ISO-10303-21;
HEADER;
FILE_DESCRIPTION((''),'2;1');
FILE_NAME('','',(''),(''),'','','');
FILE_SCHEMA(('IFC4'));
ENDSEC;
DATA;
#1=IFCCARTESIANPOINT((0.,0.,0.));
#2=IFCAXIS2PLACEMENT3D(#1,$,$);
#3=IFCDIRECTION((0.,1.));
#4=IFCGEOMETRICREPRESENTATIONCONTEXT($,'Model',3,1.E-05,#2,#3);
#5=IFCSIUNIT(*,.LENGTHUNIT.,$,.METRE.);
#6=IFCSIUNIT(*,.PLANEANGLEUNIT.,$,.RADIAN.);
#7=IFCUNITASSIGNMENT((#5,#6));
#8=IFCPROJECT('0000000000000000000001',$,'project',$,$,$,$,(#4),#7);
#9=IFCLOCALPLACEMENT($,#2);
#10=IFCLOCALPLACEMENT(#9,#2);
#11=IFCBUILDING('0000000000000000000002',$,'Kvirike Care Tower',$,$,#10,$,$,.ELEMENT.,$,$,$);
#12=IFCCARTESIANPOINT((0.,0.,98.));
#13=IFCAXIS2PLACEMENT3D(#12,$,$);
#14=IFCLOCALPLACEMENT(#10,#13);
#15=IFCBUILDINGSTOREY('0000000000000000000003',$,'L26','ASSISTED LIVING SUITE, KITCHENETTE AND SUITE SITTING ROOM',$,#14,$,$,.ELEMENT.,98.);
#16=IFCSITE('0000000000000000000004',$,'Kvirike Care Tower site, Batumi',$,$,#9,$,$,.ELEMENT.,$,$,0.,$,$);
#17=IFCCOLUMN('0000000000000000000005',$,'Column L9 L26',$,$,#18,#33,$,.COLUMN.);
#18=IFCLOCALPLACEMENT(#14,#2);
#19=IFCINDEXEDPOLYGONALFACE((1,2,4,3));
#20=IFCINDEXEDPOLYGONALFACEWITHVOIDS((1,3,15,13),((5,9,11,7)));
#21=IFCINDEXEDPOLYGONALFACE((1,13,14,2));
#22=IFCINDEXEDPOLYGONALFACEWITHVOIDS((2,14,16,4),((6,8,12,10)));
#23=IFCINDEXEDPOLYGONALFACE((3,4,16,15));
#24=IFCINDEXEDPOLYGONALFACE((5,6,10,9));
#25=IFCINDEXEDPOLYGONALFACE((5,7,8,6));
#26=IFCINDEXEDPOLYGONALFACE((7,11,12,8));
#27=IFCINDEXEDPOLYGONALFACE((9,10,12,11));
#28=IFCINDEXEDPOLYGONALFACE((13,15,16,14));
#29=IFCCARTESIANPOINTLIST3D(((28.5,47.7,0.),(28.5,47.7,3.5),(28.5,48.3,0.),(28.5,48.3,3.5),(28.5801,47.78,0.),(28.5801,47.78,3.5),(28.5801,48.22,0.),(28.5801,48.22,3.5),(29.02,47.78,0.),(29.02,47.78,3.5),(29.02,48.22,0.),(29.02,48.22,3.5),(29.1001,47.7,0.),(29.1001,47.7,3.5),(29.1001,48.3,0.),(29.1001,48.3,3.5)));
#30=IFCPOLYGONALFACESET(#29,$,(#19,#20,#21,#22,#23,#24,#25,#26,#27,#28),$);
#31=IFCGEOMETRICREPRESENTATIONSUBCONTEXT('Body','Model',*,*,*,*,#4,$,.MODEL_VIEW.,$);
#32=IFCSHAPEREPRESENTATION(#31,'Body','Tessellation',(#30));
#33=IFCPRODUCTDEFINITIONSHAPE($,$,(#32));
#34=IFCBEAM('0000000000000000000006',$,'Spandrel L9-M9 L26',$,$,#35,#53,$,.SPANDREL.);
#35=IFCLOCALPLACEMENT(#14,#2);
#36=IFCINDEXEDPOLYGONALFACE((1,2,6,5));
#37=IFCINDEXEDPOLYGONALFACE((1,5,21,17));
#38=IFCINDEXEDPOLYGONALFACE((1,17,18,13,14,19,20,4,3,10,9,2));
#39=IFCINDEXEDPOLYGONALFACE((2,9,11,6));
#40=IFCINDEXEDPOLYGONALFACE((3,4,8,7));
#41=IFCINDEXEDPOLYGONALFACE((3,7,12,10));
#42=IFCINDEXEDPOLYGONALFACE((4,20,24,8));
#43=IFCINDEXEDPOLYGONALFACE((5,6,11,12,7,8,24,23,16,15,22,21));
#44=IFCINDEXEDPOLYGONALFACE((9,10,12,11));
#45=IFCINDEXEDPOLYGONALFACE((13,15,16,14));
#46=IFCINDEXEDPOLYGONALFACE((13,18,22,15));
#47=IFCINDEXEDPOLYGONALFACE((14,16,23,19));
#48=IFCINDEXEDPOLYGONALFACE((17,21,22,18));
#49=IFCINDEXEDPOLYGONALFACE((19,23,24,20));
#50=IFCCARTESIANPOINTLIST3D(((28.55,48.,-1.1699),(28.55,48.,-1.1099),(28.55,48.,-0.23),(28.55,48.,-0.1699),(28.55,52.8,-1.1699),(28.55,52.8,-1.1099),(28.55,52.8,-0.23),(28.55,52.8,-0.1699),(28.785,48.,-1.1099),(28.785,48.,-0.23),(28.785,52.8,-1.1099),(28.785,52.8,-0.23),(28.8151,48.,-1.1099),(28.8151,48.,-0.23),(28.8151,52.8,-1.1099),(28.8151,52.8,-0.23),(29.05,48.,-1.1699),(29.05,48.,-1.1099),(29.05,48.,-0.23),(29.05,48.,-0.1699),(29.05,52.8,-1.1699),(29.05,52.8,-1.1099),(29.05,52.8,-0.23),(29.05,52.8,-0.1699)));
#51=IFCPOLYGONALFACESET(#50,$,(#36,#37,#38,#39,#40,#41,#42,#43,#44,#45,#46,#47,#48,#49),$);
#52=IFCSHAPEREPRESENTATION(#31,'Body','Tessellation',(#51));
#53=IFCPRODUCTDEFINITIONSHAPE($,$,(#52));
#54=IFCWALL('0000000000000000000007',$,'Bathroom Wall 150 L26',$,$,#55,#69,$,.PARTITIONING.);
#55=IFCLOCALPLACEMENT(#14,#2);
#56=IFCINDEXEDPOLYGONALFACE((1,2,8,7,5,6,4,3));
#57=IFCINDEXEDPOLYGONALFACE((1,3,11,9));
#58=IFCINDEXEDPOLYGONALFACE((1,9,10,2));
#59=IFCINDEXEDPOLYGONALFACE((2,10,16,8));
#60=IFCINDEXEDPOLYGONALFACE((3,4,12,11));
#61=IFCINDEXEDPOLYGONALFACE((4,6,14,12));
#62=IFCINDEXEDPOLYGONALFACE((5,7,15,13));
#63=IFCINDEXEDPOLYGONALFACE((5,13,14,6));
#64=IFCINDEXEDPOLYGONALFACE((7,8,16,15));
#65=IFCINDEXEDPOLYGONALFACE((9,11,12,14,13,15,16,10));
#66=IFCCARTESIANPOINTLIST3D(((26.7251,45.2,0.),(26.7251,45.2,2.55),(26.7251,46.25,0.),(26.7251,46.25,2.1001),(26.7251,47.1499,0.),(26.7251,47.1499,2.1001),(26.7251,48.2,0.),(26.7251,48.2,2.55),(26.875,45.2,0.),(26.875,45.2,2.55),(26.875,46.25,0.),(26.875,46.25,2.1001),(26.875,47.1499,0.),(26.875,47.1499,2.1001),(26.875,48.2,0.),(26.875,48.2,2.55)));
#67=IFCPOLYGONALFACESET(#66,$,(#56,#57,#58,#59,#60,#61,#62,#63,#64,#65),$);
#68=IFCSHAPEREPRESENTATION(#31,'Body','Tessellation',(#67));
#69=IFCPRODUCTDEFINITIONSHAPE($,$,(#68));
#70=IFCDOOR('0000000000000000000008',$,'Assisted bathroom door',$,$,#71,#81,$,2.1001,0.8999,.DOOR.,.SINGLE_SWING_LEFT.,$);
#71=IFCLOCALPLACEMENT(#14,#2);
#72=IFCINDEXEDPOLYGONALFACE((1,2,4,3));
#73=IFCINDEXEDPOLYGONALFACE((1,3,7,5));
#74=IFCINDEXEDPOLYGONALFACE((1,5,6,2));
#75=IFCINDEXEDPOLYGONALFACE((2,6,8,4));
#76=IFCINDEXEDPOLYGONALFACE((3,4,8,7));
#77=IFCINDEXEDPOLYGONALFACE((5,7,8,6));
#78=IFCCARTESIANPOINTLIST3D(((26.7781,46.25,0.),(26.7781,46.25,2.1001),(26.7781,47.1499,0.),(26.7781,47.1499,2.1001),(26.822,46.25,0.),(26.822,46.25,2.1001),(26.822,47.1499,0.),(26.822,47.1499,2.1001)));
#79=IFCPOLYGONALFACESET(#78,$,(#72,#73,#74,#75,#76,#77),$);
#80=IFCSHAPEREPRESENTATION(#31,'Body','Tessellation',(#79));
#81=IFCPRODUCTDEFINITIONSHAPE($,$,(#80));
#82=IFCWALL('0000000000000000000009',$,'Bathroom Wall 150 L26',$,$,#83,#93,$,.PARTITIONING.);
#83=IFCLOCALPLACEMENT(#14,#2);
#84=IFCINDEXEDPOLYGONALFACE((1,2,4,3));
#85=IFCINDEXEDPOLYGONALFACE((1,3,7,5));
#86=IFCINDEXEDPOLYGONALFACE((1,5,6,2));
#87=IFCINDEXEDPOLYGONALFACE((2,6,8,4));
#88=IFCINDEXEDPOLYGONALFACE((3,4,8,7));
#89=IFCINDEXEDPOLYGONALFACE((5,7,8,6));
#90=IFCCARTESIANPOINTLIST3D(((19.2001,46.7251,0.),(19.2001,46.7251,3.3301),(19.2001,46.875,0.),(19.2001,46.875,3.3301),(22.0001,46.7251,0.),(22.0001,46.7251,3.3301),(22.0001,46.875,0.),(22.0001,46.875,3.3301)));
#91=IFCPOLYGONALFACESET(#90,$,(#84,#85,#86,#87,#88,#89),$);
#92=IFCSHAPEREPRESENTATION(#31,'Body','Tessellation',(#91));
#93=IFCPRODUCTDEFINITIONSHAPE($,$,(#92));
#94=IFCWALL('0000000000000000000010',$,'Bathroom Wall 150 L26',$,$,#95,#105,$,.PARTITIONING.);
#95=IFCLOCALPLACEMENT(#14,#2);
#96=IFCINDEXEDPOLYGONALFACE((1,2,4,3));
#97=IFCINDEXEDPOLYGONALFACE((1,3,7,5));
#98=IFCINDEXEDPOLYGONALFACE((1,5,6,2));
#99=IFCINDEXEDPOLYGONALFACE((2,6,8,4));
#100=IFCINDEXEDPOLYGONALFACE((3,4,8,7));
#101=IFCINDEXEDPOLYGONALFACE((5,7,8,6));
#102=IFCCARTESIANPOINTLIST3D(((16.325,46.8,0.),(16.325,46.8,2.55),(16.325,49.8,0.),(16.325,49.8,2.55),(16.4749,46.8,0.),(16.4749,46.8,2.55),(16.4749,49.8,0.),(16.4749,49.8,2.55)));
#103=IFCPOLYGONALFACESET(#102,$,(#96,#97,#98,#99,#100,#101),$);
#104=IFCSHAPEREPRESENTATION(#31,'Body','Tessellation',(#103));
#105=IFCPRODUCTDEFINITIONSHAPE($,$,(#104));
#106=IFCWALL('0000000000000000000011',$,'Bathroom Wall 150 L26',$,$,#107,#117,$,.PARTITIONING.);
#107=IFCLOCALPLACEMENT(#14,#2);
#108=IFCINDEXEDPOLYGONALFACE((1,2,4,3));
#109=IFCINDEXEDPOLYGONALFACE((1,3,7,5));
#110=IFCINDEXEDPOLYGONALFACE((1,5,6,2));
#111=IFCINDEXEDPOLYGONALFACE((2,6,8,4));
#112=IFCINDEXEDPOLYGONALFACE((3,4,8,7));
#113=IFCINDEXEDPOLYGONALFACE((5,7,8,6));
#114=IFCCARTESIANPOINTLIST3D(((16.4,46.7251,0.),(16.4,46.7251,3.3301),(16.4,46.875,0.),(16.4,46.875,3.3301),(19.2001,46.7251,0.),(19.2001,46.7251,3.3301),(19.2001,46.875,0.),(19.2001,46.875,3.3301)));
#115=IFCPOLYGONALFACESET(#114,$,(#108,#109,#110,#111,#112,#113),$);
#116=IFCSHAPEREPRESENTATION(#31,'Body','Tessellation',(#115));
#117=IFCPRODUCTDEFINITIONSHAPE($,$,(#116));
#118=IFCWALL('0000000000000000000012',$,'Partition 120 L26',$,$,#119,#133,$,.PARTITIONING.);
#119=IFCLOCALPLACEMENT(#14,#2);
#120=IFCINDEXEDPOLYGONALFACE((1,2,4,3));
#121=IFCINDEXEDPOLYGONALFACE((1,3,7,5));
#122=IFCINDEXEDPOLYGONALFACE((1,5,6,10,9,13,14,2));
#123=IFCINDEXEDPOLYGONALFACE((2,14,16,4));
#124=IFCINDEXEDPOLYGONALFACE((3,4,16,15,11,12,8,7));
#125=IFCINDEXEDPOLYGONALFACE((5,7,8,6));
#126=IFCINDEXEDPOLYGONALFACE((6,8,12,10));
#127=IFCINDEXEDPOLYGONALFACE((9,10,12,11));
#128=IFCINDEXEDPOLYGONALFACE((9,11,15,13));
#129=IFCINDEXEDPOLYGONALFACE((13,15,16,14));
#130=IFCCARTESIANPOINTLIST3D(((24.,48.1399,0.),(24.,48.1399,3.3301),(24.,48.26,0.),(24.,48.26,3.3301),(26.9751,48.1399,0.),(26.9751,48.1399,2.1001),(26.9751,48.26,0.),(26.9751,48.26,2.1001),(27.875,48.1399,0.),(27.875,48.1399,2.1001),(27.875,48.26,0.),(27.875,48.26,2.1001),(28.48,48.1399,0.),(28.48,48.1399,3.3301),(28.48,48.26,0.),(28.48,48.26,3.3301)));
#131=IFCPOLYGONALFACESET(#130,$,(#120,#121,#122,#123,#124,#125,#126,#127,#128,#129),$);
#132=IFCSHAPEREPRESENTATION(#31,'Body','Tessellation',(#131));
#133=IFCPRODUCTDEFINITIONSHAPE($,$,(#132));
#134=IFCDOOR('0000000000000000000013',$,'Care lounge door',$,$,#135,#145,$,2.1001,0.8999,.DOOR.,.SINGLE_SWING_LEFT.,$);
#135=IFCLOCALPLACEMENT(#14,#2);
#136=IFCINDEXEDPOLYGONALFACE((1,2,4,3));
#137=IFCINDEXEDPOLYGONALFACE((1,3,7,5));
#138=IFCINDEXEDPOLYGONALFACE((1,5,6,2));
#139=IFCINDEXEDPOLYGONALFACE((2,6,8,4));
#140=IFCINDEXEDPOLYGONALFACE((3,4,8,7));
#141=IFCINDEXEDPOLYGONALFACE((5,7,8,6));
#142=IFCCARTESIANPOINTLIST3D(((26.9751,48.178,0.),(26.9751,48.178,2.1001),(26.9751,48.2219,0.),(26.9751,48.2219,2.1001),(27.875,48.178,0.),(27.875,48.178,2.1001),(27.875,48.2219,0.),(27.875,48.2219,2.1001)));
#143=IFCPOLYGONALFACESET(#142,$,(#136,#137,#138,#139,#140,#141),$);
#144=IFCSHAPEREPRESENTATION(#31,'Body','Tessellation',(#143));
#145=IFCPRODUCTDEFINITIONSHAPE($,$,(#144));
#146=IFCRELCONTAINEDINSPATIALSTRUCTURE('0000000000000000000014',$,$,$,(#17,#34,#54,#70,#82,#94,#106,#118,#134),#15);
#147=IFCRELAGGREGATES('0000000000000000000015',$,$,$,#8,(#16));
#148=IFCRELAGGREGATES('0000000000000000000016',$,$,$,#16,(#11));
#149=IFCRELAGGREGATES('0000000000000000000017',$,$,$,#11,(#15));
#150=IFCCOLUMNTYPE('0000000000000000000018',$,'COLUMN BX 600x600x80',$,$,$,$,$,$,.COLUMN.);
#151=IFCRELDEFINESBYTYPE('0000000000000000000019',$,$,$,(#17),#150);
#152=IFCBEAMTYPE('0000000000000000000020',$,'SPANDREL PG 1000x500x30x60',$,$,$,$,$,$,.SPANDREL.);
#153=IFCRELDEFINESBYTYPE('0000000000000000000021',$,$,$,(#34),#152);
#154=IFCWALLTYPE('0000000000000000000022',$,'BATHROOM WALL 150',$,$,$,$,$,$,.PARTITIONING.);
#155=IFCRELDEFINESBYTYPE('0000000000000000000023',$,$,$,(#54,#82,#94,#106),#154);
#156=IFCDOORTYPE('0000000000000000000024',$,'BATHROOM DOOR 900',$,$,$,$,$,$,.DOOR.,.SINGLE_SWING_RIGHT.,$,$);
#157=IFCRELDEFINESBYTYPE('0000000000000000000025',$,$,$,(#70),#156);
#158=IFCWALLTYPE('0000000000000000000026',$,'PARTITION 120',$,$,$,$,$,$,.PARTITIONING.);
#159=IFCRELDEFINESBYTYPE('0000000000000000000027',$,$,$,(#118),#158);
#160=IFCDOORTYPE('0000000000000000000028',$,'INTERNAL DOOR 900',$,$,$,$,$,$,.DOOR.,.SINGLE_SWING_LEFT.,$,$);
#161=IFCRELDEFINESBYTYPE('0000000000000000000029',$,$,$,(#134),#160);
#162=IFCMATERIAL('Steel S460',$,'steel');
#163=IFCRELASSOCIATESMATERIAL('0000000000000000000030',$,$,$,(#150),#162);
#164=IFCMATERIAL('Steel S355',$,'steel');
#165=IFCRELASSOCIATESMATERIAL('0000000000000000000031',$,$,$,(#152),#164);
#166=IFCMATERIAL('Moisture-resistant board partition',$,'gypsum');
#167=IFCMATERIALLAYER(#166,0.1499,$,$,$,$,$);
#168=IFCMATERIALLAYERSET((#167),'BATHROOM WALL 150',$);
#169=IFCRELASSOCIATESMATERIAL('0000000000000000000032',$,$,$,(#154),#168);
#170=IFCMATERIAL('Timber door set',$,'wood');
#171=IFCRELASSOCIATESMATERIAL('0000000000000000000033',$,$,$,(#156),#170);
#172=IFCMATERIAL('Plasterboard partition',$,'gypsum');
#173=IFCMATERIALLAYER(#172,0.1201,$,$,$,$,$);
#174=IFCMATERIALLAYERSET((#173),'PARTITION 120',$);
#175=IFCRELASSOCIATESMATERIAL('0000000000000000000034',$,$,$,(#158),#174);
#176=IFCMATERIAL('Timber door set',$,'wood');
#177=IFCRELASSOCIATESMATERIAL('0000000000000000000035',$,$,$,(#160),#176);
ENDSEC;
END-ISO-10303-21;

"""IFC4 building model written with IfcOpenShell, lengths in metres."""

from ifc_helpers import new_model, si_unit, direction, frame, frame_2d, origin, origin_2d, place, context, subcontext, project, spatial, rectangle, hollow_rectangle, i_section, extrude, material, layer, layer_set, material_profile, profile_set, type_object, element, fill, save


model = new_model("IFC4")

# Units and contexts
model_context = context("Model", 3, precision=1e-05, world=origin(), true_north=direction((0.0, 1.0)))
body_context = subcontext(model_context, "Body", "Model", "MODEL_VIEW")
ifc_project = project(units=[si_unit("LENGTHUNIT", "METRE"), si_unit("PLANEANGLEUNIT", "RADIAN")], contexts=[model_context])

# Site, building, storey
site_placement = place(None, origin())
site = spatial("IfcSite", under=ifc_project, at=site_placement, Name="Kvirike Care Tower site, Batumi", CompositionType="ELEMENT", RefElevation=0.0)
building_placement = place(site_placement, origin())
building = spatial("IfcBuilding", under=site, at=building_placement, Name="Kvirike Care Tower", CompositionType="ELEMENT")
storey_placement = place(building_placement, frame((0.0, 0.0, 98.0)))
storey = spatial("IfcBuildingStorey", under=building, at=storey_placement, Name="L26", Description="ASSISTED LIVING SUITE, KITCHENETTE AND SUITE SITTING ROOM", CompositionType="ELEMENT", Elevation=98.0)

# Column
ifc_material_1 = material(Name="Steel S460", Category="steel")
ifc_material_profile_1 = material_profile(ifc_material_1, hollow_rectangle(XDim=0.6001, YDim=0.6001, WallThickness=0.0801, at=origin_2d()), Name="BX 600x600x80")
ifc_profile_set_1 = profile_set([ifc_material_profile_1], Name="Steel S460")
column_type = type_object("IfcColumnType", Name="COLUMN BX 600x600x80", PredefinedType="COLUMN", material=ifc_profile_set_1)
column_placement = place(storey_placement, frame((28.8, 48.0, 0.0), z_axis=(0.0, 0.0, 1.0), x_axis=(1.0, 0.0, 0.0)))
element("IfcColumn", 1, at=column_placement, inside=storey, type_object=column_type, Name="Column L9 L26", PredefinedType="COLUMN", context=body_context, shape_type="SweptSolid", body=[
    extrude(hollow_rectangle(XDim=0.6001, YDim=0.6001, WallThickness=0.0801, at=origin_2d()), origin(), (0.0, 0.0, 1.0), 3.5),
])

# Beam
ifc_material_2 = material(Name="Steel S355", Category="steel")
ifc_material_profile_2 = material_profile(ifc_material_2, i_section(OverallWidth=0.5, OverallDepth=1.0, WebThickness=0.03, FlangeThickness=0.0601, at=origin_2d()), Name="PG 1000x500x30x60")
ifc_profile_set_2 = profile_set([ifc_material_profile_2], Name="Steel S355")
beam_type = type_object("IfcBeamType", Name="SPANDREL PG 1000x500x30x60", PredefinedType="SPANDREL", material=ifc_profile_set_2)
beam_placement = place(storey_placement, frame((28.8, 48.0, -0.6699), z_axis=(0.0, 1.0, 0.0), x_axis=(-1.0, 0.0, 0.0)))
element("IfcBeam", 2, at=beam_placement, inside=storey, type_object=beam_type, Name="Spandrel L9-M9 L26", PredefinedType="SPANDREL", context=body_context, shape_type="SweptSolid", body=[
    extrude(i_section(OverallWidth=0.5, OverallDepth=1.0, WebThickness=0.03, FlangeThickness=0.0601, at=origin_2d()), origin(), (0.0, 0.0, 1.0), 4.8),
])

# Wall, opening, door
ifc_material_3 = material(Name="Moisture-resistant board partition", Category="gypsum")
ifc_layer_1 = layer(ifc_material_3, 0.1499)
ifc_layer_set_1 = layer_set([ifc_layer_1], Name="BATHROOM WALL 150")
wall_type_1 = type_object("IfcWallType", Name="BATHROOM WALL 150", PredefinedType="PARTITIONING", material=ifc_layer_set_1)
wall_1_placement = place(storey_placement, frame((26.8, 48.2, 0.0), z_axis=(0.0, 0.0, 1.0), x_axis=(0.0, -1.0, 0.0)))
wall_1 = element("IfcWall", 3, at=wall_1_placement, inside=storey, type_object=wall_type_1, Name="Bathroom Wall 150 L26", PredefinedType="PARTITIONING", context=body_context, shape_type="SweptSolid", body=[
    extrude(rectangle(XDim=3.0, YDim=0.1499, at=frame_2d((1.5, 0.0))), origin(), (0.0, 0.0, 1.0), 2.55),
])
opening_1_placement = place(wall_1_placement, frame((1.05, 0.0, 0.0)))
opening_1 = element("IfcOpeningElement", 4, at=opening_1_placement, cuts=wall_1, PredefinedType="OPENING", context=body_context, shape_type="SweptSolid", body=[
    extrude(rectangle(XDim=0.8999, YDim=2.1001, at=frame_2d((0.45, 1.05))), frame((0.0, 0.0854, 0.0), z_axis=(0.0, -1.0, 0.0), x_axis=(1.0, 0.0, 0.0)), (0.0, 0.0, 1.0), 0.1709),
])
ifc_material_4 = material(Name="Timber door set", Category="wood")
door_type_1 = type_object("IfcDoorType", Name="BATHROOM DOOR 900", OperationType="SINGLE_SWING_RIGHT", PredefinedType="DOOR", material=ifc_material_4)
door_1_placement = place(opening_1_placement, origin())
door_1 = element("IfcDoor", 5, at=door_1_placement, inside=storey, type_object=door_type_1, Name="Assisted bathroom door", OperationType="SINGLE_SWING_LEFT", OverallHeight=2.1001, OverallWidth=0.8999, PredefinedType="DOOR", context=body_context, shape_type="SweptSolid", body=[
    extrude(rectangle(XDim=0.8999, YDim=2.1001, at=frame_2d((0.45, 1.05))), frame((0.0, 0.022, 0.0), z_axis=(0.0, -1.0, 0.0), x_axis=(1.0, 0.0, 0.0)), (0.0, 0.0, 1.0), 0.0439),
])
fill(opening_1, door_1)

# Walls
wall_2_placement = place(storey_placement, frame((22.0, 46.8, 0.0), z_axis=(0.0, 0.0, 1.0), x_axis=(-1.0, 0.0, 0.0)))
element("IfcWall", 6, at=wall_2_placement, inside=storey, type_object=wall_type_1, Name="Bathroom Wall 150 L26", PredefinedType="PARTITIONING", context=body_context, shape_type="SweptSolid", body=[
    extrude(rectangle(XDim=2.8, YDim=0.1499, at=frame_2d((1.3999, 0.0))), origin(), (0.0, 0.0, 1.0), 3.3301),
])
wall_3_placement = place(storey_placement, frame((16.3999, 49.8, 0.0), z_axis=(0.0, 0.0, 1.0), x_axis=(0.0, -1.0, 0.0)))
element("IfcWall", 7, at=wall_3_placement, inside=storey, type_object=wall_type_1, Name="Bathroom Wall 150 L26", PredefinedType="PARTITIONING", context=body_context, shape_type="SweptSolid", body=[
    extrude(rectangle(XDim=3.0, YDim=0.1499, at=frame_2d((1.5, 0.0))), origin(), (0.0, 0.0, 1.0), 2.55),
])
wall_4_placement = place(storey_placement, frame((19.2, 46.8, 0.0), z_axis=(0.0, 0.0, 1.0), x_axis=(-1.0, 0.0, 0.0)))
element("IfcWall", 8, at=wall_4_placement, inside=storey, type_object=wall_type_1, Name="Bathroom Wall 150 L26", PredefinedType="PARTITIONING", context=body_context, shape_type="SweptSolid", body=[
    extrude(rectangle(XDim=2.8, YDim=0.1499, at=frame_2d((1.3999, 0.0))), origin(), (0.0, 0.0, 1.0), 3.3301),
])

# Wall, opening, door
ifc_material_5 = material(Name="Plasterboard partition", Category="gypsum")
ifc_layer_2 = layer(ifc_material_5, 0.1201)
ifc_layer_set_2 = layer_set([ifc_layer_2], Name="PARTITION 120")
wall_type_2 = type_object("IfcWallType", Name="PARTITION 120", PredefinedType="PARTITIONING", material=ifc_layer_set_2)
wall_5_placement = place(storey_placement, frame((28.48, 48.2, 0.0), z_axis=(0.0, 0.0, 1.0), x_axis=(-1.0, 0.0, 0.0)))
wall_5 = element("IfcWall", 9, at=wall_5_placement, inside=storey, type_object=wall_type_2, Name="Partition 120 L26", PredefinedType="PARTITIONING", context=body_context, shape_type="SweptSolid", body=[
    extrude(rectangle(XDim=4.48, YDim=0.1201, at=frame_2d((2.24, 0.0))), origin(), (0.0, 0.0, 1.0), 3.3301),
])
opening_2_placement = place(wall_5_placement, frame((0.605, 0.0, 0.0)))
opening_2 = element("IfcOpeningElement", 10, at=opening_2_placement, cuts=wall_5, PredefinedType="OPENING", context=body_context, shape_type="SweptSolid", body=[
    extrude(rectangle(XDim=0.8999, YDim=2.1001, at=frame_2d((0.45, 1.05))), frame((0.0, 0.0706, 0.0), z_axis=(0.0, -1.0, 0.0), x_axis=(1.0, 0.0, 0.0)), (0.0, 0.0, 1.0), 0.1411),
])
ifc_material_6 = material(Name="Timber door set", Category="wood")
door_type_2 = type_object("IfcDoorType", Name="INTERNAL DOOR 900", OperationType="SINGLE_SWING_LEFT", PredefinedType="DOOR", material=ifc_material_6)
door_2_placement = place(opening_2_placement, origin())
door_2 = element("IfcDoor", 11, at=door_2_placement, inside=storey, type_object=door_type_2, Name="Care lounge door", OperationType="SINGLE_SWING_LEFT", OverallHeight=2.1001, OverallWidth=0.8999, PredefinedType="DOOR", context=body_context, shape_type="SweptSolid", body=[
    extrude(rectangle(XDim=0.8999, YDim=2.1001, at=frame_2d((0.45, 1.05))), frame((0.0, 0.022, 0.0), z_axis=(0.0, -1.0, 0.0), x_axis=(1.0, 0.0, 0.0)), (0.0, 0.0, 1.0), 0.0439),
])
fill(opening_2, door_2)

save(model, "model.ifc")
